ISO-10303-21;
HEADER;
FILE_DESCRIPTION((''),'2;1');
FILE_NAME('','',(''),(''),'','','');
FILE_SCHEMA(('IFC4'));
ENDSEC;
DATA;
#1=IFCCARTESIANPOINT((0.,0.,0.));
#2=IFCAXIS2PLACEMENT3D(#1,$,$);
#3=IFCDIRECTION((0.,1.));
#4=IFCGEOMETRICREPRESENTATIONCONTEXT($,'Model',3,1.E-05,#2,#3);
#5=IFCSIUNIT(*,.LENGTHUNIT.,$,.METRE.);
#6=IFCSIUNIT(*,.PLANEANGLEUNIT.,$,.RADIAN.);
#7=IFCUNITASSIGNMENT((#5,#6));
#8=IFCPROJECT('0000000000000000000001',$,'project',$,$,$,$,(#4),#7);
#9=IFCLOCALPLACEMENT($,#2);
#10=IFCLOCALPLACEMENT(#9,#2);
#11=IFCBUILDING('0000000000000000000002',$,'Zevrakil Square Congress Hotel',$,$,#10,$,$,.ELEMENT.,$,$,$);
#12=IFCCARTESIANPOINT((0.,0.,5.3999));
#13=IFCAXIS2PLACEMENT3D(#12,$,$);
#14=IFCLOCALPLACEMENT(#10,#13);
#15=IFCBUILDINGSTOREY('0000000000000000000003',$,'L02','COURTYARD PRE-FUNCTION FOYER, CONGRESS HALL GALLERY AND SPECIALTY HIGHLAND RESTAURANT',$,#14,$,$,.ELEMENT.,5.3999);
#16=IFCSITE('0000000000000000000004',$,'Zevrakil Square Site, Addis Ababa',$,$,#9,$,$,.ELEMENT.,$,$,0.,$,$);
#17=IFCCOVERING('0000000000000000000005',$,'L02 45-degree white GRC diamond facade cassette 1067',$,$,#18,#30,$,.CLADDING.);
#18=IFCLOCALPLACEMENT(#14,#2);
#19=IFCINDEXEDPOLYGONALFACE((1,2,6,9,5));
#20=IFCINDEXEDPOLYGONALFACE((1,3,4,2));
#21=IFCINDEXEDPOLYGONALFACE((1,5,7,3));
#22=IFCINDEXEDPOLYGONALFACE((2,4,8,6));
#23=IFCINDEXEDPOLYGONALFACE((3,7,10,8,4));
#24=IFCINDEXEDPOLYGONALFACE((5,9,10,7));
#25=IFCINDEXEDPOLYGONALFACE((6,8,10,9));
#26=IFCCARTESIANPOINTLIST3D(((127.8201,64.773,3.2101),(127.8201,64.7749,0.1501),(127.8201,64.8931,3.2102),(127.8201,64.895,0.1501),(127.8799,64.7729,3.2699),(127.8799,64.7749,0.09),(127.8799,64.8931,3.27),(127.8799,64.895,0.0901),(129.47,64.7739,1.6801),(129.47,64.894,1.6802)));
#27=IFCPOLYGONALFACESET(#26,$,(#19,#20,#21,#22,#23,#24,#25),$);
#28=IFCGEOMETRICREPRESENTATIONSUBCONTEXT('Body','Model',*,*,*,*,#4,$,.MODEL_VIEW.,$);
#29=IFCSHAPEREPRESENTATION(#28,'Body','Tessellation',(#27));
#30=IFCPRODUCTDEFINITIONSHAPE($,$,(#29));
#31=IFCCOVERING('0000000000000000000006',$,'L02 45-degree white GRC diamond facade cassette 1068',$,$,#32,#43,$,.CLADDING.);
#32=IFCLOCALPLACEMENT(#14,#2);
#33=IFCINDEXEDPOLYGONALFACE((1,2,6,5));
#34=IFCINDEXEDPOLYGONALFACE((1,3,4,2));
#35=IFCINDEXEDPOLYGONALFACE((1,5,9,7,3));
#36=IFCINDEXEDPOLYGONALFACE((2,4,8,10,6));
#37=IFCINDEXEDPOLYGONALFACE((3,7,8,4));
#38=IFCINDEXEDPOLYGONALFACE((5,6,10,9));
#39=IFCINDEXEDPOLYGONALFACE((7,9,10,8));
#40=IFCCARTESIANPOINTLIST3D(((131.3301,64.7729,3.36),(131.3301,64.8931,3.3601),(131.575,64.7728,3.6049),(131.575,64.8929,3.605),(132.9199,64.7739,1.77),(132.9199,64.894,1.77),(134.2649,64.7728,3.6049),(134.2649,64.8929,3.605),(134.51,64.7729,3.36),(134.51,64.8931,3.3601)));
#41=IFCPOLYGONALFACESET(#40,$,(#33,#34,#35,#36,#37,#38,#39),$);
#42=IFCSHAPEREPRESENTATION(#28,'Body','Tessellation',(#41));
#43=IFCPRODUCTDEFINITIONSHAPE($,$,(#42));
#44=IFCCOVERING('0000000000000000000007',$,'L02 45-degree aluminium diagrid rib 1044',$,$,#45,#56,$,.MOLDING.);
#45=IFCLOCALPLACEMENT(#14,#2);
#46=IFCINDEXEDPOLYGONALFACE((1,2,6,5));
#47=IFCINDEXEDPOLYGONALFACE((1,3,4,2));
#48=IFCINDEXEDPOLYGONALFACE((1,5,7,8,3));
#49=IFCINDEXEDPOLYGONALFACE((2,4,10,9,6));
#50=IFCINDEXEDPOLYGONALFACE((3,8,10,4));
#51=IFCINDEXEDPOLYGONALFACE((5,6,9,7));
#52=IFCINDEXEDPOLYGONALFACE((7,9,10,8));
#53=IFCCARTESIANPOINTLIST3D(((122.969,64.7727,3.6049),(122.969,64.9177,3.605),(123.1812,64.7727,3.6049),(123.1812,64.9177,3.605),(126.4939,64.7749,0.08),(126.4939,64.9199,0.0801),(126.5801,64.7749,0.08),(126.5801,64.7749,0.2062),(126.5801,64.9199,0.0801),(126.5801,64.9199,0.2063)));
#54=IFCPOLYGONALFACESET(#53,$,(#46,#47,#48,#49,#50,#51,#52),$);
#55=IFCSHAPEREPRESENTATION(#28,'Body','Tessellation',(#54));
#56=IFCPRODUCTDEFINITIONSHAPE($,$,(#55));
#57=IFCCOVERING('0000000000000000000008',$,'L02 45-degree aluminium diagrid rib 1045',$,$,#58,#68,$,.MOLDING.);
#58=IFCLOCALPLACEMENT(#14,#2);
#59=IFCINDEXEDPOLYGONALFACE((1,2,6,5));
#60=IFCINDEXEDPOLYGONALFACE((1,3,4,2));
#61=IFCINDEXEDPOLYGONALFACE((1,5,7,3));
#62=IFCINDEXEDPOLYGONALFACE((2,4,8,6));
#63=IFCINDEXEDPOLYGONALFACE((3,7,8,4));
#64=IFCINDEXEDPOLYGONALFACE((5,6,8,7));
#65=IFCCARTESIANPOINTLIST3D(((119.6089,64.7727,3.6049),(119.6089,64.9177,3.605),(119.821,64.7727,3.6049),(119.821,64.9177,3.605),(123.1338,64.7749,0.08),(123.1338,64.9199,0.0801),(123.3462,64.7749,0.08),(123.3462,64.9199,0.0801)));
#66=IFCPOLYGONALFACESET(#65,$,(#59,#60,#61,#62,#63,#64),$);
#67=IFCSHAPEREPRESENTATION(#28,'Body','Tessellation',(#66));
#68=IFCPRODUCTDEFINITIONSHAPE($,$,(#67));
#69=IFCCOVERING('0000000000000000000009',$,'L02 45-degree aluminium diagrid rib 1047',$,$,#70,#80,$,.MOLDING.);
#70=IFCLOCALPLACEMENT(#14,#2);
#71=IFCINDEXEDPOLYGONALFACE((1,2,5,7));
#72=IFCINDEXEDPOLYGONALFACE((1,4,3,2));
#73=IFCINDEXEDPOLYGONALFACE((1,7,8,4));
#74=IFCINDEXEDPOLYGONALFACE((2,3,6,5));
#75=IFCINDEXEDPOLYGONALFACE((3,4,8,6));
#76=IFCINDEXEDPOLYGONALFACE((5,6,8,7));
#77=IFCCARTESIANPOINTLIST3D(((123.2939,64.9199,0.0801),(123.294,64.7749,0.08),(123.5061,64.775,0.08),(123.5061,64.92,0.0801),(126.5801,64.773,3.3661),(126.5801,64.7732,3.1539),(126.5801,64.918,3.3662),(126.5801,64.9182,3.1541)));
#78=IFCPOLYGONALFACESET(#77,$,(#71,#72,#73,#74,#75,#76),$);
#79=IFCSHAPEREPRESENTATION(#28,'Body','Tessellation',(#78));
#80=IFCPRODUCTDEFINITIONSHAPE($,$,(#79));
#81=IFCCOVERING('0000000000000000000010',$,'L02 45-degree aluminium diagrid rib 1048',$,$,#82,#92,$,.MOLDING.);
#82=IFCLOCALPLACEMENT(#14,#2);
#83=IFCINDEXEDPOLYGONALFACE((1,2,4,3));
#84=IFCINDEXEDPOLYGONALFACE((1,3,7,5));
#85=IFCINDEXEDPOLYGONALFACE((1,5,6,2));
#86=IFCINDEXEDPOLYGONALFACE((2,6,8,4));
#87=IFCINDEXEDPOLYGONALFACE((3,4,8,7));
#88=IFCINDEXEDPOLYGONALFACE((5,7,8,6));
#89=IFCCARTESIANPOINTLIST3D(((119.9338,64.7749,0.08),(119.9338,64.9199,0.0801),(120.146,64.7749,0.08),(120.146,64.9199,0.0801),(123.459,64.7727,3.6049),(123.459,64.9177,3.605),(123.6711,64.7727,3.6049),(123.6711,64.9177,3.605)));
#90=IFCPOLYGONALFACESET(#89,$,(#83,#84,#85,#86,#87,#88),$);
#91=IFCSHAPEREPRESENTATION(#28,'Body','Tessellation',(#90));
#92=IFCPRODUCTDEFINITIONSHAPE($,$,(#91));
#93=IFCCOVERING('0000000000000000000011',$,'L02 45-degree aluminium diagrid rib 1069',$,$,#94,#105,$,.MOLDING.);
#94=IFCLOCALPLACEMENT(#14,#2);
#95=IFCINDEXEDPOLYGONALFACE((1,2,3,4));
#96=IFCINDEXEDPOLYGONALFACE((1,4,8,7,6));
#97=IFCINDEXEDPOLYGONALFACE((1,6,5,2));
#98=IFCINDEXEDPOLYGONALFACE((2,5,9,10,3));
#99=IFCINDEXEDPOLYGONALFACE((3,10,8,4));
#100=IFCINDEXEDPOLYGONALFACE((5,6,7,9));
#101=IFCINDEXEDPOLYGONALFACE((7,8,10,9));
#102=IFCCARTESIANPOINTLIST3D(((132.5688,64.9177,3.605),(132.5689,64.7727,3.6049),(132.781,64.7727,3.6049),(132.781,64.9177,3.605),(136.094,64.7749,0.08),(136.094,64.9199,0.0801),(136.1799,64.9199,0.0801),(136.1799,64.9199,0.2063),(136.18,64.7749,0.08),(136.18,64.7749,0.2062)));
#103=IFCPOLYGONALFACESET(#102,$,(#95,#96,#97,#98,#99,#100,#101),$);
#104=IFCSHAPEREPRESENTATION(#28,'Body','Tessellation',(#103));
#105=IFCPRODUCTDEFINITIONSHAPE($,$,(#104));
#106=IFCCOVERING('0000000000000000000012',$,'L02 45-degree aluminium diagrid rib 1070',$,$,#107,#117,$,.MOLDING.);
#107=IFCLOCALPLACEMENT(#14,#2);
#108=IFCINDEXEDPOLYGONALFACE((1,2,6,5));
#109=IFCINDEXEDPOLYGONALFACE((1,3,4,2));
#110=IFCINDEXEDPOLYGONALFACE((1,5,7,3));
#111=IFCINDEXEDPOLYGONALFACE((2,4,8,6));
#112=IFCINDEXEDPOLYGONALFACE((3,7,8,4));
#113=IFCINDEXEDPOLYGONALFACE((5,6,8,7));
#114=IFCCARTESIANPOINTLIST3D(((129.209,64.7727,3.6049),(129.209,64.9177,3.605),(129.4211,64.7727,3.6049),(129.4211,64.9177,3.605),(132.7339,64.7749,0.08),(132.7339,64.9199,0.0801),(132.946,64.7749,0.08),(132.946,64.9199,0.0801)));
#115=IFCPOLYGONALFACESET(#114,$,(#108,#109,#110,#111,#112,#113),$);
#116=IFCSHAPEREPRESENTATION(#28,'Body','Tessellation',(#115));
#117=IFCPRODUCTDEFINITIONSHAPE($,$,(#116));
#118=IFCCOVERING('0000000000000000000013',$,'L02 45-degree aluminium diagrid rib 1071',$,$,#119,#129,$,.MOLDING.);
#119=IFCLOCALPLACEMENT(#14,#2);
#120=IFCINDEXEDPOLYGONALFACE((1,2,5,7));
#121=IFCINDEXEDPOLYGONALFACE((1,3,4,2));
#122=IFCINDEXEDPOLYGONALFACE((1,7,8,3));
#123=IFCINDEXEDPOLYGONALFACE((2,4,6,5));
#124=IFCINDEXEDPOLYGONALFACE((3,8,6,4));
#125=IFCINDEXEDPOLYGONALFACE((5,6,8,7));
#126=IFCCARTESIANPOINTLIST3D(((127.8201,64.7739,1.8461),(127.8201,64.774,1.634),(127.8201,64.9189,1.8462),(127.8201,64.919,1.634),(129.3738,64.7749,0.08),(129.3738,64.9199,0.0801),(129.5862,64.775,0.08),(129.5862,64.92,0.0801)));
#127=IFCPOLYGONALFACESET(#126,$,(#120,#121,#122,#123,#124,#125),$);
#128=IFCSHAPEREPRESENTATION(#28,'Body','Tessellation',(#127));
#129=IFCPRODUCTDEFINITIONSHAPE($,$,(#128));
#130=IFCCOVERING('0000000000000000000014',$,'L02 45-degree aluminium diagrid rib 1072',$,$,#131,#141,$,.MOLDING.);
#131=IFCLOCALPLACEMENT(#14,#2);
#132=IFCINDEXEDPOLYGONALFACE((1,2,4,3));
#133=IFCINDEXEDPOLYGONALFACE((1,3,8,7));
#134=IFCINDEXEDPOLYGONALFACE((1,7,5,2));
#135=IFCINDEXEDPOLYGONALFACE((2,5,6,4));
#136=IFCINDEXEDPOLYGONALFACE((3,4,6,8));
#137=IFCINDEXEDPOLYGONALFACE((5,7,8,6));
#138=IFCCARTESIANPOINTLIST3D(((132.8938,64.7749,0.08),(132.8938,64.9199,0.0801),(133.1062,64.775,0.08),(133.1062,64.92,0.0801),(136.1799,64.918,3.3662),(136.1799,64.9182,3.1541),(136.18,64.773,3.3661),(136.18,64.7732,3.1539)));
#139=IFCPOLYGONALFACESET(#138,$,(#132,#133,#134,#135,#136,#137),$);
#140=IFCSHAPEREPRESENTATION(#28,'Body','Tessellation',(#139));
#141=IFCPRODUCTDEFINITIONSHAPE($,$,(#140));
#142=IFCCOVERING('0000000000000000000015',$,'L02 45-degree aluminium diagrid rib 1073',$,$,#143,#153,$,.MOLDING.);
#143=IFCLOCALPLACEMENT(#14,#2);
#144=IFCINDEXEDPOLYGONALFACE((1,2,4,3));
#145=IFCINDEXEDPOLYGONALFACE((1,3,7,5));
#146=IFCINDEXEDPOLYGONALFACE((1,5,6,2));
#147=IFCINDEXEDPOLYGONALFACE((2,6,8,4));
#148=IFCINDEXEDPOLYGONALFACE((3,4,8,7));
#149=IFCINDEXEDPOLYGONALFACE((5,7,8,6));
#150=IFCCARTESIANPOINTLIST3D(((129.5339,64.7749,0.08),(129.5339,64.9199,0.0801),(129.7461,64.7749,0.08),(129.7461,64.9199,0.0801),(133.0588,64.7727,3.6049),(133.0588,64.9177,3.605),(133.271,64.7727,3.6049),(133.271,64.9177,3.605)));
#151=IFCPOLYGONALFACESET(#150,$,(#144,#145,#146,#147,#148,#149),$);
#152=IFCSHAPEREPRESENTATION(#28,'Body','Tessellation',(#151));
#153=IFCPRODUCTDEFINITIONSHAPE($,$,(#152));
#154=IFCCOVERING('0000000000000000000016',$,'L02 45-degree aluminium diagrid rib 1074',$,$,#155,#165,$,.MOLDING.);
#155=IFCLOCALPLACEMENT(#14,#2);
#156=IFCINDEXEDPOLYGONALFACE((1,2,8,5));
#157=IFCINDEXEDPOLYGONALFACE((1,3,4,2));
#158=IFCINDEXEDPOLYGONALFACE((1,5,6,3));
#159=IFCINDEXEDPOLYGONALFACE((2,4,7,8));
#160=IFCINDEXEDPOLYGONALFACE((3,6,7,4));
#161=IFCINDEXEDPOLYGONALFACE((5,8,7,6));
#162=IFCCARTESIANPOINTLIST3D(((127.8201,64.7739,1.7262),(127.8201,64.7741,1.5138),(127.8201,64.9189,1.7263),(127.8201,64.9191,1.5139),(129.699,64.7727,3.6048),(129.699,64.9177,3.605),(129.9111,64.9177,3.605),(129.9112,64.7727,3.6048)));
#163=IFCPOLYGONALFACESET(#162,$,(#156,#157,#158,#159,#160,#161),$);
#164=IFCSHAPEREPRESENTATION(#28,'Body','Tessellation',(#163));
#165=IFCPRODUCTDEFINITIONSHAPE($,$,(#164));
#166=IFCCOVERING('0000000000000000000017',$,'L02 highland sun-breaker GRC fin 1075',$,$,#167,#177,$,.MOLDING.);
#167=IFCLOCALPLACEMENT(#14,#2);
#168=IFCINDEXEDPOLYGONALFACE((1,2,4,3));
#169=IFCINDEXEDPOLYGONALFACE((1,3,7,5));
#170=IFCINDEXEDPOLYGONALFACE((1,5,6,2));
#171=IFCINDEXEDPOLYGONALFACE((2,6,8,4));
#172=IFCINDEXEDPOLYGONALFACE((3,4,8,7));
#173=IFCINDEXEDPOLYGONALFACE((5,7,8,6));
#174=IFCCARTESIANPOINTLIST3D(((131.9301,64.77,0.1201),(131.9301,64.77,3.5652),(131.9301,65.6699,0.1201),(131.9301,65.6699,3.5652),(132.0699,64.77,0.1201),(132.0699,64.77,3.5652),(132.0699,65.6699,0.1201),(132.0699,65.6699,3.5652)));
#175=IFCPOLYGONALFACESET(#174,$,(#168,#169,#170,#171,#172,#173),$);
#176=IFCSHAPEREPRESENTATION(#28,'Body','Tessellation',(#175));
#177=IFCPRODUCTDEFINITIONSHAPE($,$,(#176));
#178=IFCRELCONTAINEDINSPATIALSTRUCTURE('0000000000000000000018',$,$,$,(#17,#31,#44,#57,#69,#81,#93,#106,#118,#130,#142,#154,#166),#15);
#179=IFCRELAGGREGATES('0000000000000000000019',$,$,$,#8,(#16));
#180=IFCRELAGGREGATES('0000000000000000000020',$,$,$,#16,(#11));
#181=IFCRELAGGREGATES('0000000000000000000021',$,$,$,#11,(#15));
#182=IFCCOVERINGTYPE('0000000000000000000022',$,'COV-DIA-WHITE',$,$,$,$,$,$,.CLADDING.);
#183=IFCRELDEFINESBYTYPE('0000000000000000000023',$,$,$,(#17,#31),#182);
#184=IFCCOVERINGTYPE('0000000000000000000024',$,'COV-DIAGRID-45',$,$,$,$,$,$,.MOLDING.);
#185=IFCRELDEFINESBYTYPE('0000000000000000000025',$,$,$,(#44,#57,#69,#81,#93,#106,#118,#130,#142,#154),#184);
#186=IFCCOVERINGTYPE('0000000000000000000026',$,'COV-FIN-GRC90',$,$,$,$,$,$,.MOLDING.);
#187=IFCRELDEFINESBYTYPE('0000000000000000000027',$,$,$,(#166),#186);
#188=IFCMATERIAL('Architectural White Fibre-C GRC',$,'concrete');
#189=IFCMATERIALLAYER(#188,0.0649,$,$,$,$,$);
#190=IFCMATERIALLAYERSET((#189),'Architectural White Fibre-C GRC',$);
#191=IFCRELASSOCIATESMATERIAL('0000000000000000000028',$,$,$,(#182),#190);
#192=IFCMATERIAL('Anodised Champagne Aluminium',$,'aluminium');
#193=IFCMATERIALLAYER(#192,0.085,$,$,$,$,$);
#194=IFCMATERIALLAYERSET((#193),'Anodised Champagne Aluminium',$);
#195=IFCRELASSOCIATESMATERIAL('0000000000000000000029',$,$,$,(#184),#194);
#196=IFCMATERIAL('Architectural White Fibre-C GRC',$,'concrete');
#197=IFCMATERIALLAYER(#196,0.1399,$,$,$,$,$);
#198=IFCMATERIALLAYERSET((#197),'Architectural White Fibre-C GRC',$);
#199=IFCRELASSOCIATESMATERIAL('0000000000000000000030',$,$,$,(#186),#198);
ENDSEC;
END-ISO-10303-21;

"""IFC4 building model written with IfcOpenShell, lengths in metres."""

from ifc_helpers import new_model, si_unit, direction, frame, origin, origin_2d, place, context, subcontext, project, spatial, polyline, rectangle, outline, extrude, material, layer, layer_set, type_object, element, save


model = new_model("IFC4")

# Units and contexts
model_context = context("Model", 3, precision=1e-05, world=origin(), true_north=direction((0.0, 1.0)))
body_context = subcontext(model_context, "Body", "Model", "MODEL_VIEW")
ifc_project = project(units=[si_unit("LENGTHUNIT", "METRE"), si_unit("PLANEANGLEUNIT", "RADIAN")], contexts=[model_context])

# Site, building, storey
site_placement = place(None, origin())
site = spatial("IfcSite", under=ifc_project, at=site_placement, Name="Zevrakil Square Site, Addis Ababa", CompositionType="ELEMENT", RefElevation=0.0)
building_placement = place(site_placement, origin())
building = spatial("IfcBuilding", under=site, at=building_placement, Name="Zevrakil Square Congress Hotel", CompositionType="ELEMENT")
storey_placement = place(building_placement, frame((0.0, 0.0, 5.3999)))
storey = spatial("IfcBuildingStorey", under=building, at=storey_placement, Name="L02", Description="COURTYARD PRE-FUNCTION FOYER, CONGRESS HALL GALLERY AND SPECIALTY HIGHLAND RESTAURANT", CompositionType="ELEMENT", Elevation=5.3999)

# Coverings
ifc_material_1 = material(Name="Architectural White Fibre-C GRC", Category="concrete")
ifc_layer_1 = layer(ifc_material_1, 0.0649)
ifc_layer_set_1 = layer_set([ifc_layer_1], Name="Architectural White Fibre-C GRC")
covering_type_1 = type_object("IfcCoveringType", Name="COV-DIA-WHITE", PredefinedType="CLADDING", material=ifc_layer_set_1)
covering_1_placement = place(storey_placement, frame((127.8799, 64.895, 0.0901), z_axis=(0.0, 1.0, 0.000615), x_axis=(0.707107, -0.000435, 0.707107)))
element("IfcCovering", 1, at=covering_1_placement, inside=storey, type_object=covering_type_1, Name="L02 45-degree white GRC diamond facade cassette 1067", PredefinedType="CLADDING", context=body_context, shape_type="SweptSolid", body=[
    extrude(outline(polyline([(0.0, 0.0), (2.2487, 0.0), (2.2486, -2.2486), (2.164, -2.2486), (0.0002, -0.0848), (0.0, 0.0)])), origin(), (0.0, 0.0, -1.0), 0.1201),
])
covering_2_placement = place(storey_placement, frame((131.3301, 64.8931, 3.3601), z_axis=(0.0, 1.0, 0.000579), x_axis=(0.707052, 0.00041, -0.707161)))
element("IfcCovering", 2, at=covering_2_placement, inside=storey, type_object=covering_type_1, Name="L02 45-degree white GRC diamond facade cassette 1068", PredefinedType="CLADDING", context=body_context, shape_type="SweptSolid", body=[
    extrude(outline(polyline([(0.0, 0.0), (2.2486, 0.0), (2.2484, -2.2487), (1.9019, -2.2485), (0.0, -0.3463), (0.0, 0.0)])), origin(), (0.0, 0.0, -1.0), 0.1201),
])
ifc_material_2 = material(Name="Anodised Champagne Aluminium", Category="aluminium")
ifc_layer_2 = layer(ifc_material_2, 0.085)
ifc_layer_set_2 = layer_set([ifc_layer_2], Name="Anodised Champagne Aluminium")
covering_type_2 = type_object("IfcCoveringType", Name="COV-DIAGRID-45", PredefinedType="MOLDING", material=ifc_layer_set_2)
covering_3_placement = place(storey_placement, frame((126.4939, 64.9199, 0.0801), z_axis=(-0.000187, 1.0, 0.000443), x_axis=(1.0, 0.000187, 0.0)))
element("IfcCovering", 3, at=covering_3_placement, inside=storey, type_object=covering_type_2, Name="L02 45-degree aluminium diagrid rib 1044", PredefinedType="MOLDING", context=body_context, shape_type="SweptSolid", body=[
    extrude(outline(polyline([(0.0, 0.0), (0.0862, 0.0), (0.0862, -0.1262), (-3.3127, -3.5249), (-3.5249, -3.5249), (0.0, 0.0)])), origin(), (0.0, 0.0, -1.0), 0.145),
])
covering_4_placement = place(storey_placement, frame((123.1338, 64.9199, 0.0801), z_axis=(0.0, 1.0, 0.000623), x_axis=(1.0, 0.0, 0.0)))
element("IfcCovering", 4, at=covering_4_placement, inside=storey, type_object=covering_type_2, Name="L02 45-degree aluminium diagrid rib 1045", PredefinedType="MOLDING", context=body_context, shape_type="SweptSolid", body=[
    extrude(outline(polyline([(0.0, 0.0), (0.2124, 0.0), (-3.3127, -3.5249), (-3.5249, -3.5249), (0.0, 0.0)])), origin(), (0.0, 0.0, -1.0), 0.145),
])
covering_5_placement = place(storey_placement, frame((126.5801, 64.9182, 3.1541), z_axis=(-0.000287, 1.0, 0.000863), x_axis=(0.0, -0.000863, 1.0)))
element("IfcCovering", 5, at=covering_5_placement, inside=storey, type_object=covering_type_2, Name="L02 45-degree aluminium diagrid rib 1047", PredefinedType="MOLDING", context=body_context, shape_type="SweptSolid", body=[
    extrude(outline(polyline([(0.0, 0.0), (0.2122, 0.0), (-3.074, -3.2861), (-3.074, -3.074), (0.0, 0.0)])), origin(), (0.0, 0.0, -1.0), 0.145),
])
covering_6_placement = place(storey_placement, frame((123.6711, 64.9177, 3.605), z_axis=(0.0, 1.0, 0.000623), x_axis=(-1.0, 0.0, 0.0)))
element("IfcCovering", 6, at=covering_6_placement, inside=storey, type_object=covering_type_2, Name="L02 45-degree aluminium diagrid rib 1048", PredefinedType="MOLDING", context=body_context, shape_type="SweptSolid", body=[
    extrude(outline(polyline([(0.0, 0.0), (0.2122, 0.0), (3.7373, -3.5249), (3.5251, -3.5249), (0.0, 0.0)])), origin(), (0.0, 0.0, -1.0), 0.145),
])
covering_7_placement = place(storey_placement, frame((136.094, 64.9199, 0.0801), z_axis=(-0.000187, 1.0, 0.000443), x_axis=(1.0, 0.000187, 0.0)))
element("IfcCovering", 7, at=covering_7_placement, inside=storey, type_object=covering_type_2, Name="L02 45-degree aluminium diagrid rib 1069", PredefinedType="MOLDING", context=body_context, shape_type="SweptSolid", body=[
    extrude(outline(polyline([(0.0, 0.0), (0.0859, 0.0), (0.0859, -0.1262), (-3.313, -3.5249), (-3.5251, -3.5249), (0.0, 0.0)])), origin(), (0.0, 0.0, -1.0), 0.145),
])
covering_8_placement = place(storey_placement, frame((132.7339, 64.9199, 0.0801), z_axis=(0.0, 1.0, 0.000623), x_axis=(1.0, 0.0, 0.0)))
element("IfcCovering", 8, at=covering_8_placement, inside=storey, type_object=covering_type_2, Name="L02 45-degree aluminium diagrid rib 1070", PredefinedType="MOLDING", context=body_context, shape_type="SweptSolid", body=[
    extrude(outline(polyline([(0.0, 0.0), (0.2122, 0.0), (-3.3127, -3.5249), (-3.5249, -3.5249), (0.0, 0.0)])), origin(), (0.0, 0.0, -1.0), 0.145),
])
covering_9_placement = place(storey_placement, frame((129.3738, 64.9199, 0.0801), z_axis=(-0.000294, 1.0, 0.000294), x_axis=(1.0, 0.000294, 0.0)))
element("IfcCovering", 9, at=covering_9_placement, inside=storey, type_object=covering_type_2, Name="L02 45-degree aluminium diagrid rib 1071", PredefinedType="MOLDING", context=body_context, shape_type="SweptSolid", body=[
    extrude(outline(polyline([(0.0, 0.0), (0.2124, 0.0), (-1.5537, -1.7661), (-1.5537, -1.554), (0.0, 0.0)])), origin(), (0.0, 0.0, -1.0), 0.145),
])
covering_10_placement = place(storey_placement, frame((136.1799, 64.9182, 3.1541), z_axis=(-0.000287, 1.0, 0.000863), x_axis=(0.0, -0.000863, 1.0)))
element("IfcCovering", 10, at=covering_10_placement, inside=storey, type_object=covering_type_2, Name="L02 45-degree aluminium diagrid rib 1072", PredefinedType="MOLDING", context=body_context, shape_type="SweptSolid", body=[
    extrude(outline(polyline([(0.0, 0.0), (0.2122, 0.0), (-3.074, -3.2861), (-3.074, -3.0737), (0.0, 0.0)])), origin(), (0.0, 0.0, -1.0), 0.145),
])
covering_11_placement = place(storey_placement, frame((133.271, 64.9177, 3.605), z_axis=(0.0, 1.0, 0.000623), x_axis=(-1.0, 0.0, 0.0)))
element("IfcCovering", 11, at=covering_11_placement, inside=storey, type_object=covering_type_2, Name="L02 45-degree aluminium diagrid rib 1073", PredefinedType="MOLDING", context=body_context, shape_type="SweptSolid", body=[
    extrude(outline(polyline([(0.0, 0.0), (0.2122, 0.0), (3.7371, -3.5249), (3.5249, -3.5249), (0.0, 0.0)])), origin(), (0.0, 0.0, -1.0), 0.145),
])
covering_12_placement = place(storey_placement, frame((129.9111, 64.9177, 3.605), z_axis=(-0.000237, 1.0, 0.000913), x_axis=(-1.0, -0.000237, 0.0)))
element("IfcCovering", 12, at=covering_12_placement, inside=storey, type_object=covering_type_2, Name="L02 45-degree aluminium diagrid rib 1074", PredefinedType="MOLDING", context=body_context, shape_type="SweptSolid", body=[
    extrude(outline(polyline([(0.0, 0.0), (0.2122, 0.0), (2.0911, -1.8787), (2.0911, -2.0911), (0.0, 0.0)])), origin(), (0.0, 0.0, -1.0), 0.145),
])
ifc_material_3 = material(Name="Architectural White Fibre-C GRC", Category="concrete")
ifc_layer_3 = layer(ifc_material_3, 0.1399)
ifc_layer_set_3 = layer_set([ifc_layer_3], Name="Architectural White Fibre-C GRC")
covering_type_3 = type_object("IfcCoveringType", Name="COV-FIN-GRC90", PredefinedType="MOLDING", material=ifc_layer_set_3)
covering_13_placement = place(storey_placement, frame((132.0, 65.22, 0.1201), z_axis=(0.0, 0.0, 1.0), x_axis=(0.0, 1.0, 0.0)))
element("IfcCovering", 13, at=covering_13_placement, inside=storey, type_object=covering_type_3, Name="L02 highland sun-breaker GRC fin 1075", PredefinedType="MOLDING", context=body_context, shape_type="SweptSolid", body=[
    extrude(rectangle(XDim=0.8999, YDim=0.1399, at=origin_2d()), origin(), (0.0, 0.0, 1.0), 3.4451),
])

save(model, "model.ifc")
